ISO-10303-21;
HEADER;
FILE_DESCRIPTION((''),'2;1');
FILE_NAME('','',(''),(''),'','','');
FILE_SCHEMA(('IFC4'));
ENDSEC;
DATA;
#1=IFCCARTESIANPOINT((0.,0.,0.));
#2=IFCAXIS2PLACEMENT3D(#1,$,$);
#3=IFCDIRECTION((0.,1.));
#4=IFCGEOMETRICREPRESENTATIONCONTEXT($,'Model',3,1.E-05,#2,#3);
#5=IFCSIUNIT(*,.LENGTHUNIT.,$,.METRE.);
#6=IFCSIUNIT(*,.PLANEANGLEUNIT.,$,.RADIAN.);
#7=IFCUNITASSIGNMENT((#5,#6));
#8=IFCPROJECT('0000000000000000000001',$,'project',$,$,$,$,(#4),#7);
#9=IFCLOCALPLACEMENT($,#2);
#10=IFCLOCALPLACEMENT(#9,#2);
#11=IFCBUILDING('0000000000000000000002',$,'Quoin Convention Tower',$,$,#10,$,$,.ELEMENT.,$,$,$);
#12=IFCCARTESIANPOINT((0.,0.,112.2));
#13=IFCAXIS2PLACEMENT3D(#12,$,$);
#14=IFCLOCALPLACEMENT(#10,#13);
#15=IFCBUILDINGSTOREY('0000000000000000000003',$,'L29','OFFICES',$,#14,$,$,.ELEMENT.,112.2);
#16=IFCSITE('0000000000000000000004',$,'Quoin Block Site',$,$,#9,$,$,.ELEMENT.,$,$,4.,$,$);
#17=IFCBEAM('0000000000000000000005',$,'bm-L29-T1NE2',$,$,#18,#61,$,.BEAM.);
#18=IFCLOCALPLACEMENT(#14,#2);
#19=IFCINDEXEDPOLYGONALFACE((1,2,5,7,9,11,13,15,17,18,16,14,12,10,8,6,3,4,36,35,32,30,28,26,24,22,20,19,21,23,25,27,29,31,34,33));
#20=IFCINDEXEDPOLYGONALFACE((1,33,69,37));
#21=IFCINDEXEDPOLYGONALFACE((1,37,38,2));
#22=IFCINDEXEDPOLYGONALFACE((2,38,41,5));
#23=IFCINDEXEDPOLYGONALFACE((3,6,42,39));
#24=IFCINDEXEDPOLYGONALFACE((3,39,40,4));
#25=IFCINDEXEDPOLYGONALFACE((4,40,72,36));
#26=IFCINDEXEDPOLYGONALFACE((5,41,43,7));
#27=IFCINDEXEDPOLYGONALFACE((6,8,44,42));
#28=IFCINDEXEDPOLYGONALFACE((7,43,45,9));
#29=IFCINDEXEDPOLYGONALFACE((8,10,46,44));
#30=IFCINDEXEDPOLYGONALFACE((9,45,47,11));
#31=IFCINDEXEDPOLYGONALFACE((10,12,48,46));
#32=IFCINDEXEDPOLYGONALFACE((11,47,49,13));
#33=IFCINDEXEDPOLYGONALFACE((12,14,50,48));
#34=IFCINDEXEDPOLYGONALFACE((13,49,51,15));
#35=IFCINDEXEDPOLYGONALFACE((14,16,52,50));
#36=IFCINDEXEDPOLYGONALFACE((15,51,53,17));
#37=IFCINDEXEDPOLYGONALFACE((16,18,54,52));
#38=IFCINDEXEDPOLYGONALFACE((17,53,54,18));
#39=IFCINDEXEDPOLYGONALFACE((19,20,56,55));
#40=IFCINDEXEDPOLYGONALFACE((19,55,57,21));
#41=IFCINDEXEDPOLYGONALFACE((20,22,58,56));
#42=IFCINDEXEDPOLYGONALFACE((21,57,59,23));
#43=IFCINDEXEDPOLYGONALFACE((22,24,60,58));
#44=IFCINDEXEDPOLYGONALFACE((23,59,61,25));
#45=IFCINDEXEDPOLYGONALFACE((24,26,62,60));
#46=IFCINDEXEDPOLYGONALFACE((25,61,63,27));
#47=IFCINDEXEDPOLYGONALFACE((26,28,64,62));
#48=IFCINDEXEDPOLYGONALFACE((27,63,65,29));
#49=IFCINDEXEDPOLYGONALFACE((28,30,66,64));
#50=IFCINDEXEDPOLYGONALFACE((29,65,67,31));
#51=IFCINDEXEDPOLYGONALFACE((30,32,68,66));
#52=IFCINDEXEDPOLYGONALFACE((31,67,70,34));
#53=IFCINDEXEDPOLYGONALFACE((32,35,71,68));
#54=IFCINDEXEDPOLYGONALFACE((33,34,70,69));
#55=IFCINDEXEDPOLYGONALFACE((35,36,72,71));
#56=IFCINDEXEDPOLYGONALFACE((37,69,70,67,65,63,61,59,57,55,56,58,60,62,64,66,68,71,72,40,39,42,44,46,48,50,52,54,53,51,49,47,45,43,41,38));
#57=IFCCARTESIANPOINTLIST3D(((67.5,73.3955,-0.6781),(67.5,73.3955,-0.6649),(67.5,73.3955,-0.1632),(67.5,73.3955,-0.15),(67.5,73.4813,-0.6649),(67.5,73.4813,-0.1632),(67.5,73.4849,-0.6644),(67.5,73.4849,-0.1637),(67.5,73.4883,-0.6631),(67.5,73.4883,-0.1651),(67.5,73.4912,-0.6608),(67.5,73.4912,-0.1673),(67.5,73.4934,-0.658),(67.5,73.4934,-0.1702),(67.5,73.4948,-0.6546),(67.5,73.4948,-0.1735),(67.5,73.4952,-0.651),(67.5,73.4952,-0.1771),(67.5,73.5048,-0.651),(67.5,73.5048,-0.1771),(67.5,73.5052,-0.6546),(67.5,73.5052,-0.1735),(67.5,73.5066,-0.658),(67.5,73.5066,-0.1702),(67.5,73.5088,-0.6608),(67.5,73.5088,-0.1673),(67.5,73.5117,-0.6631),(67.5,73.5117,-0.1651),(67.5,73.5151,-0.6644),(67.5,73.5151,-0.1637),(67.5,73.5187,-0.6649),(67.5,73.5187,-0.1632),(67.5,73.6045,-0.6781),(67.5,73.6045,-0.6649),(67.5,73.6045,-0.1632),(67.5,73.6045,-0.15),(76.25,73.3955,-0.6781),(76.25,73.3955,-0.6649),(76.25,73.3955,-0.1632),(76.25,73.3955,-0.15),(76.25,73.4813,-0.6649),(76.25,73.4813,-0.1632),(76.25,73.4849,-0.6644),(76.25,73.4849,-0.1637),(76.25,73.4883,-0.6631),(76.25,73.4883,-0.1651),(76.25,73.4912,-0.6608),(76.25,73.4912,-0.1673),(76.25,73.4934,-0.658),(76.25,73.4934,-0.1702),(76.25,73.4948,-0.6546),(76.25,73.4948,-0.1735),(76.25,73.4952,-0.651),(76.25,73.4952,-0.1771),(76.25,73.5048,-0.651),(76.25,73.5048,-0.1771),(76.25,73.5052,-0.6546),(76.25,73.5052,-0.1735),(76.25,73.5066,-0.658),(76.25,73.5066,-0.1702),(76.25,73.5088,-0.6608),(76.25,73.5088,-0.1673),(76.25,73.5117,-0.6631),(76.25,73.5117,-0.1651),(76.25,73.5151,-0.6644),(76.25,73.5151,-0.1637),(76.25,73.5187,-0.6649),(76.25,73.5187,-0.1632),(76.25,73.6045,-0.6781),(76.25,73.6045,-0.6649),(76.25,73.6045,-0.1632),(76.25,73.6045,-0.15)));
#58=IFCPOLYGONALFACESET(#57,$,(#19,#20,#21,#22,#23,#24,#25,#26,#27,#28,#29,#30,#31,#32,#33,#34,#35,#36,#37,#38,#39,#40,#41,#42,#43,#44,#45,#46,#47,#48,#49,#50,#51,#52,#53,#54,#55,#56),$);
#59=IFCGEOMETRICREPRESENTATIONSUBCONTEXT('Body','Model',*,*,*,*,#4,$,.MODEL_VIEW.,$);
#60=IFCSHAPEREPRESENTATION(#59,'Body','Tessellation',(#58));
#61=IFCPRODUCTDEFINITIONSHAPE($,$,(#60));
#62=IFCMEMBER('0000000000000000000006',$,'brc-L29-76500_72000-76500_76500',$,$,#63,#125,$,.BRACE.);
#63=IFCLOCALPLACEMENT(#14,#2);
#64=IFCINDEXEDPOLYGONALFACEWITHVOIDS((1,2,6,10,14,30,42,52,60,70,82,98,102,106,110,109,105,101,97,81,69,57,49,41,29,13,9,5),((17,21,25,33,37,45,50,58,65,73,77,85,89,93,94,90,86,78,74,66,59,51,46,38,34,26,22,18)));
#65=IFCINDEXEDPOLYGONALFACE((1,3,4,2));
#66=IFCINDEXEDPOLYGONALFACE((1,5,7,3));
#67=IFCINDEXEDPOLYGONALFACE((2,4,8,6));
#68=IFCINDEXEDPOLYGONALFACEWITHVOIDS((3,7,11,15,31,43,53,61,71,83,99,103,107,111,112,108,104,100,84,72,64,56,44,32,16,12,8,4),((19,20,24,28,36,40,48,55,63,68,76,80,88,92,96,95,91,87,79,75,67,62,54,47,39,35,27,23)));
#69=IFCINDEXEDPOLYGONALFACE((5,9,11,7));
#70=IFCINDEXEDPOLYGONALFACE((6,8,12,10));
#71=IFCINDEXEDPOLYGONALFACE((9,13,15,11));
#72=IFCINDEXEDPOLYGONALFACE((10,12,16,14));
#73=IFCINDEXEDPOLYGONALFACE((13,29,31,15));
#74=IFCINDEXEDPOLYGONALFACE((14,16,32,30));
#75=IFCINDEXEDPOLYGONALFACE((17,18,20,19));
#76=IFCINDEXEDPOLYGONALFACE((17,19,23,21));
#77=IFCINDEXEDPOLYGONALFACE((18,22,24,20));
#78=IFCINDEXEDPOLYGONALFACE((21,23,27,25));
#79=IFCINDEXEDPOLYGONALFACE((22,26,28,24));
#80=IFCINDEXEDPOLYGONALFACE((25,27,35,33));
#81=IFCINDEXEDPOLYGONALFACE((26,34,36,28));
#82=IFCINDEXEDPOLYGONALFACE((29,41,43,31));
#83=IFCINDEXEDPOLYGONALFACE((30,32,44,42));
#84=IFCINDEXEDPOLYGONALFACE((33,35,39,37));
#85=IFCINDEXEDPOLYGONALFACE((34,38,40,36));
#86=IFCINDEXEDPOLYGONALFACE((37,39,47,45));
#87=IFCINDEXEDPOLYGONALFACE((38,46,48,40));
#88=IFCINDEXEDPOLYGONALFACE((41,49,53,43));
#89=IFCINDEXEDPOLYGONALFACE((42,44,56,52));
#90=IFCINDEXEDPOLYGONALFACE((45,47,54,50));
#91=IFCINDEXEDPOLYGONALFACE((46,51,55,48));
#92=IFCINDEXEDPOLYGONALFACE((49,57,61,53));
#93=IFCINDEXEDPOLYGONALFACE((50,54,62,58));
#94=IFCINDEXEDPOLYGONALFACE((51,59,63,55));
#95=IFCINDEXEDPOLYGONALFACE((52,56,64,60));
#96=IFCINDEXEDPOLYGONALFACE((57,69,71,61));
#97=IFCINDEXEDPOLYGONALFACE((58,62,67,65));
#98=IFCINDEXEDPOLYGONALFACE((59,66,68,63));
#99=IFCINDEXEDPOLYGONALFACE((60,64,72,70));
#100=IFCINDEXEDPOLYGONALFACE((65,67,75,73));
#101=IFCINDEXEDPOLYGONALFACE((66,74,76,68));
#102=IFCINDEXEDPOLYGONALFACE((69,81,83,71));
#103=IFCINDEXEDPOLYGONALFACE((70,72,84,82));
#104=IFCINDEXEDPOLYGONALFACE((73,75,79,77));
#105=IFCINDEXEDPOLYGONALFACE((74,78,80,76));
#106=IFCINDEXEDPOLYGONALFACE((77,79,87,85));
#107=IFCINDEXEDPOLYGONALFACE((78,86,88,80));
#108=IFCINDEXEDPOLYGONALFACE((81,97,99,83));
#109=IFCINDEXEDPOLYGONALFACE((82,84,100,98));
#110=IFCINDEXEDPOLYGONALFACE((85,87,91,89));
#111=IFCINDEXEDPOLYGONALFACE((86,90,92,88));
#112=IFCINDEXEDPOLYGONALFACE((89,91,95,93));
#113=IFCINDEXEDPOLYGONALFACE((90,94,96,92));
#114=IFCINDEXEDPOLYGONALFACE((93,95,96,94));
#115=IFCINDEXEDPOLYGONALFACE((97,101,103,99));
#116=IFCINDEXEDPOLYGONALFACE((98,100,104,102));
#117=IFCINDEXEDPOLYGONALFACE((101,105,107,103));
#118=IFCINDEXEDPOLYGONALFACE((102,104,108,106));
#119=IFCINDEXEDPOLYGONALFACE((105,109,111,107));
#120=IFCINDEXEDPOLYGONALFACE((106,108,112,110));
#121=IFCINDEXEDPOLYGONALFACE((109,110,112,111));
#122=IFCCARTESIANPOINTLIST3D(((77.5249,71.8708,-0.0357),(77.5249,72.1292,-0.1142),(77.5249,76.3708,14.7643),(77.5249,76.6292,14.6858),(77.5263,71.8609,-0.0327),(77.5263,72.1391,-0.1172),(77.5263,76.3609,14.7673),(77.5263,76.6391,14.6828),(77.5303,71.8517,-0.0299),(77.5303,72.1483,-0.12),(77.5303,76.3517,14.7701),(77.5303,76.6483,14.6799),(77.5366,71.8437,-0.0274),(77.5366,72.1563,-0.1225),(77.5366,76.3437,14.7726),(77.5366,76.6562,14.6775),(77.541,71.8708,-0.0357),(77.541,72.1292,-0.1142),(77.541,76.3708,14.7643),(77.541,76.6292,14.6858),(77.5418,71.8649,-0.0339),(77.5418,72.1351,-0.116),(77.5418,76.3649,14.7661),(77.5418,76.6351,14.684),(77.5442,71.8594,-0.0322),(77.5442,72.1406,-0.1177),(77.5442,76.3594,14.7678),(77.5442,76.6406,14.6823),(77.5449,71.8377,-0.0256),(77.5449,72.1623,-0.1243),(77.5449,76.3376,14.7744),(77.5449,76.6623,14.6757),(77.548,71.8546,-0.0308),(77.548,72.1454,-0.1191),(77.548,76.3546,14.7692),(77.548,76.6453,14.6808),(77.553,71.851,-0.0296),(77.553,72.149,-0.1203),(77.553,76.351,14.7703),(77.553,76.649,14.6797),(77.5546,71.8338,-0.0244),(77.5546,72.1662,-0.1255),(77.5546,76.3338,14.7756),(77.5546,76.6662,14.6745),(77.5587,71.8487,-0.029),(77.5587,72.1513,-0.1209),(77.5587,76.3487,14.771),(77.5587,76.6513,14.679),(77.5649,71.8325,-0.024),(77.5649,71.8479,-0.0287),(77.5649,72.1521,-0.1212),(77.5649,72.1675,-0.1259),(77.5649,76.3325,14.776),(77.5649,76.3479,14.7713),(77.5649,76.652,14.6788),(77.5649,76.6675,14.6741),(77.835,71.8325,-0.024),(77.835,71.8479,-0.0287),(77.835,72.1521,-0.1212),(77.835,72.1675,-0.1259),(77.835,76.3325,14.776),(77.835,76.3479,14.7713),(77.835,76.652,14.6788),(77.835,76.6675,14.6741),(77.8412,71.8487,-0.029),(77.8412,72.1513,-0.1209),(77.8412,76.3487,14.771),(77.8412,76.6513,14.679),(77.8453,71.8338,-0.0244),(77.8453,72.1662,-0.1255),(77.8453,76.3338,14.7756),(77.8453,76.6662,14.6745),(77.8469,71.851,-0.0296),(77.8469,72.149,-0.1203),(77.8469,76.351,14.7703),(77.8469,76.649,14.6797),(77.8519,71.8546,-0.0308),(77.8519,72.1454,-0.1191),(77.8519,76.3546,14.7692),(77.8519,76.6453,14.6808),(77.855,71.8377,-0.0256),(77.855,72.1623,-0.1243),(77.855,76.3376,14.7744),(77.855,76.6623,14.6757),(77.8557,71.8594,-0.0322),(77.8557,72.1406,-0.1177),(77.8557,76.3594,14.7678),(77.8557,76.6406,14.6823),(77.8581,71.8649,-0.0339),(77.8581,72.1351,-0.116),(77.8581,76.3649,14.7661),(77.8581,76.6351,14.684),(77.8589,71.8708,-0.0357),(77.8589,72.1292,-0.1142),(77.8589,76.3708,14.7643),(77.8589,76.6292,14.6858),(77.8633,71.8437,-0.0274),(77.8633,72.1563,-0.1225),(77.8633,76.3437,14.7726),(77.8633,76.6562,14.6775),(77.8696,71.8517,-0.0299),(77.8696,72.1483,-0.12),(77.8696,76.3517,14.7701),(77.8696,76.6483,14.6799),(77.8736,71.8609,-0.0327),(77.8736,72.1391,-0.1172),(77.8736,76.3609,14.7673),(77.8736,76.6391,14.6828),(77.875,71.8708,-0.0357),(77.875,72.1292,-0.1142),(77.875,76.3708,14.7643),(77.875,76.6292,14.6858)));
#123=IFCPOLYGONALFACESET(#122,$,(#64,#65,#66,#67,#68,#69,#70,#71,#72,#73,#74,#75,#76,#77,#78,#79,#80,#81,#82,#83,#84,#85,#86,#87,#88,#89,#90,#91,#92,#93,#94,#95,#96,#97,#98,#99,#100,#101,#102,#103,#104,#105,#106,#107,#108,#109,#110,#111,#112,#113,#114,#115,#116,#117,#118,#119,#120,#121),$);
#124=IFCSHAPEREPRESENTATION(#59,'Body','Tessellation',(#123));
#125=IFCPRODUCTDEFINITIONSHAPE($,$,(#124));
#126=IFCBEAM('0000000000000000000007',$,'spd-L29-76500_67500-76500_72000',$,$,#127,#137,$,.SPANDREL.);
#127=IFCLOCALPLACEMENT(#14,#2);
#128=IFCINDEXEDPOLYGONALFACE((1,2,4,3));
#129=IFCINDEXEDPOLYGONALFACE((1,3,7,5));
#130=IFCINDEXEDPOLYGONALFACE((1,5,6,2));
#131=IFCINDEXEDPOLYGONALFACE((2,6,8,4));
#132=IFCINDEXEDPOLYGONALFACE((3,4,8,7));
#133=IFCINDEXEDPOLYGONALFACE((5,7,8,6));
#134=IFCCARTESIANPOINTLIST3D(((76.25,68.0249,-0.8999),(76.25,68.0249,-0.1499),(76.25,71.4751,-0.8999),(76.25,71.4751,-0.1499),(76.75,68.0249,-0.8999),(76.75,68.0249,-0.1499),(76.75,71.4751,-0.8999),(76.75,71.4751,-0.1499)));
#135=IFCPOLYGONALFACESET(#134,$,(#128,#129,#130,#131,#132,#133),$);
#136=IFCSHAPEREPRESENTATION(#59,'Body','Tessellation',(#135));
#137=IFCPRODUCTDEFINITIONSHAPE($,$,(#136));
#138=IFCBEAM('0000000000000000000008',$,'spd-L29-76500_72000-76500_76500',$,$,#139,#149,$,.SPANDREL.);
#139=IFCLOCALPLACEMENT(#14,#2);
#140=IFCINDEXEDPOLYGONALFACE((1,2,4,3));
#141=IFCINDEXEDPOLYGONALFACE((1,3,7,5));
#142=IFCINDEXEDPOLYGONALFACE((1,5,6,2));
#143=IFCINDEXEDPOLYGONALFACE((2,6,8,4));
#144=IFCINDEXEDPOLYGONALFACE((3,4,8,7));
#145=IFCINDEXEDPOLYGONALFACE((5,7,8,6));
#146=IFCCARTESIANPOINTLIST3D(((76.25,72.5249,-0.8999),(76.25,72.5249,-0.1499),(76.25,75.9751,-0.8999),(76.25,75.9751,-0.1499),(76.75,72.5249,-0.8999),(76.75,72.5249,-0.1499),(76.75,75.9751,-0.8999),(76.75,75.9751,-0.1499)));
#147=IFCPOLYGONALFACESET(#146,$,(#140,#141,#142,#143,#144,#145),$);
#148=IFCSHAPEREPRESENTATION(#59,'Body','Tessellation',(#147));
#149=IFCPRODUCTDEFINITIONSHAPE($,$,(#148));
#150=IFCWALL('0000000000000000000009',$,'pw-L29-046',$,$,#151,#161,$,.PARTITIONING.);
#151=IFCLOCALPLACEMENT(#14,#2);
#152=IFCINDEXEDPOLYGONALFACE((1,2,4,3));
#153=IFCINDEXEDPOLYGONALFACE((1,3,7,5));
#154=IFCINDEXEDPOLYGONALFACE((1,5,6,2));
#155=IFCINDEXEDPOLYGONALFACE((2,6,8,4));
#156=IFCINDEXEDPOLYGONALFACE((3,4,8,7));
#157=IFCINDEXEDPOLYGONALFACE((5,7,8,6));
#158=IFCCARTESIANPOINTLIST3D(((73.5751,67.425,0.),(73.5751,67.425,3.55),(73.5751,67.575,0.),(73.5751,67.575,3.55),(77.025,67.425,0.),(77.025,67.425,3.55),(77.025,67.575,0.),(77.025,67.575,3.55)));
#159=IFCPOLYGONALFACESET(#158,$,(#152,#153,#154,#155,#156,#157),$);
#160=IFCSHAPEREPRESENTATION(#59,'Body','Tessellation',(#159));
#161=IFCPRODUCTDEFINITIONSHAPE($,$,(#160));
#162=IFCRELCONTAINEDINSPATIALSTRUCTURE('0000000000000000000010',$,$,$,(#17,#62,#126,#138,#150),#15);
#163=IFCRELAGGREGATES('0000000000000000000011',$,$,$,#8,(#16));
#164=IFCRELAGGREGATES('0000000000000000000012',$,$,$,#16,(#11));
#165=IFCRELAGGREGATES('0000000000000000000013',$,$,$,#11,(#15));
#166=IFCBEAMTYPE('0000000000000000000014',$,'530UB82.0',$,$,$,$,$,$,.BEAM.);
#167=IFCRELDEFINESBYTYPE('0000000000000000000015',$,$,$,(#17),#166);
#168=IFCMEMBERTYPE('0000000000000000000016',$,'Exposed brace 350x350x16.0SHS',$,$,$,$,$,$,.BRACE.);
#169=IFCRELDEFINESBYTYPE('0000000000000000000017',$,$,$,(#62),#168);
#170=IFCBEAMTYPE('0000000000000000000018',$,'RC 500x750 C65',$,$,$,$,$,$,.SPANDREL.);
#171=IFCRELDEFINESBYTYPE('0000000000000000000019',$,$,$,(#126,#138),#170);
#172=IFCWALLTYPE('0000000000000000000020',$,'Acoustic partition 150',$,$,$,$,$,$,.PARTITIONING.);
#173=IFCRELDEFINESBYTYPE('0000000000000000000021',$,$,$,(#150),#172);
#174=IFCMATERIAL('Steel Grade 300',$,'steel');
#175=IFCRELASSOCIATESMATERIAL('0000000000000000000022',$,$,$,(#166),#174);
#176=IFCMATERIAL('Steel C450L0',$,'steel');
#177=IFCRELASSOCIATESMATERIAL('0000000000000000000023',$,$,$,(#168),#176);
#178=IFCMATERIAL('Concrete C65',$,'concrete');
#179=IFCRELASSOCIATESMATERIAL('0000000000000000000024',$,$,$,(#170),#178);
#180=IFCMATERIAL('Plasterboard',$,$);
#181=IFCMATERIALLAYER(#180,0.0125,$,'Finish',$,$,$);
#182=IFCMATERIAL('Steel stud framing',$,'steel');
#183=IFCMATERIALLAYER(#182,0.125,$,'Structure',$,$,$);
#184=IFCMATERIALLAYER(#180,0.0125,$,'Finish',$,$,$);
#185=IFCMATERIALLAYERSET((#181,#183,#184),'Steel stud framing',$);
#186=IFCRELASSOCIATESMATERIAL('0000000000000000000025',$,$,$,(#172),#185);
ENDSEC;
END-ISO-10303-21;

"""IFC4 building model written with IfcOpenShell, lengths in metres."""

from ifc_helpers import new_model, si_unit, direction, frame, frame_2d, origin, origin_2d, place, context, subcontext, project, spatial, rectangle, hollow_rectangle, i_section, extrude, material, layer, layer_set, material_profile, profile_set, type_object, element, save


model = new_model("IFC4")

# Units and contexts
model_context = context("Model", 3, precision=1e-05, world=origin(), true_north=direction((0.0, 1.0)))
body_context = subcontext(model_context, "Body", "Model", "MODEL_VIEW")
ifc_project = project(units=[si_unit("LENGTHUNIT", "METRE"), si_unit("PLANEANGLEUNIT", "RADIAN")], contexts=[model_context])

# Site, building, storey
site_placement = place(None, origin())
site = spatial("IfcSite", under=ifc_project, at=site_placement, Name="Quoin Block Site", CompositionType="ELEMENT", RefElevation=4.0)
building_placement = place(site_placement, origin())
building = spatial("IfcBuilding", under=site, at=building_placement, Name="Quoin Convention Tower", CompositionType="ELEMENT")
storey_placement = place(building_placement, frame((0.0, 0.0, 112.2)))
storey = spatial("IfcBuildingStorey", under=building, at=storey_placement, Name="L29", Description="OFFICES", CompositionType="ELEMENT", Elevation=112.2)

# Shared definitions
ifc_material_1 = material(Name="Concrete C65", Category="concrete")

# Beam
ifc_material_2 = material(Name="Steel Grade 300", Category="steel")
ifc_material_profile_1 = material_profile(ifc_material_2, i_section(OverallWidth=0.209, OverallDepth=0.5281, WebThickness=0.0095, FlangeThickness=0.0132, FilletRadius=0.0139, at=origin_2d()), Name="530UB82.0")
ifc_profile_set_1 = profile_set([ifc_material_profile_1], Name="Steel Grade 300")
beam_type_1 = type_object("IfcBeamType", Name="530UB82.0", PredefinedType="BEAM", material=ifc_profile_set_1)
beam_1_placement = place(storey_placement, frame((67.5, 73.5, -0.4141), z_axis=(1.0, 0.0, 0.0), x_axis=(0.0, 1.0, 0.0)))
element("IfcBeam", 1, at=beam_1_placement, inside=storey, type_object=beam_type_1, Name="bm-L29-T1NE2", PredefinedType="BEAM", context=body_context, shape_type="SweptSolid", body=[
    extrude(i_section(OverallWidth=0.209, OverallDepth=0.5281, WebThickness=0.0095, FlangeThickness=0.0132, FilletRadius=0.0139, at=origin_2d()), origin(), (0.0, 0.0, 1.0), 8.75),
])

# Member
ifc_material_3 = material(Name="Steel C450L0", Category="steel")
ifc_material_profile_2 = material_profile(ifc_material_3, hollow_rectangle(XDim=0.3501, YDim=0.3501, WallThickness=0.0161, InnerFilletRadius=0.0239, OuterFilletRadius=0.04, at=origin_2d()), Name="350x350x16.0SHS")
ifc_profile_set_2 = profile_set([ifc_material_profile_2], Name="Steel C450L0")
member_type = type_object("IfcMemberType", Name="Exposed brace 350x350x16.0SHS", PredefinedType="BRACE", material=ifc_profile_set_2)
member_placement = place(storey_placement, frame((77.7, 72.0, -0.075), z_axis=(0.0, 0.290903, 0.956752), x_axis=(-1.0, 0.0, 0.0)))
element("IfcMember", 2, at=member_placement, inside=storey, type_object=member_type, Name="brc-L29-76500_72000-76500_76500", PredefinedType="BRACE", context=body_context, shape_type="SweptSolid", body=[
    extrude(hollow_rectangle(XDim=0.3501, YDim=0.3501, WallThickness=0.0161, InnerFilletRadius=0.0239, OuterFilletRadius=0.04, at=origin_2d()), origin(), (0.0, 0.0, 1.0), 15.469),
])

# Beams
ifc_material_profile_3 = material_profile(ifc_material_1, rectangle(XDim=0.5, YDim=0.75, at=origin_2d()), Name="RC 500x750")
ifc_profile_set_3 = profile_set([ifc_material_profile_3], Name="Concrete C65")
beam_type_2 = type_object("IfcBeamType", Name="RC 500x750 C65", PredefinedType="SPANDREL", material=ifc_profile_set_3)
for number, where, z_axis, x_axis, name in (
    (3, (76.5, 68.0249, -0.5249), (0.0, 1.0, 0.0), (-1.0, 0.0, 0.0), "spd-L29-76500_67500-76500_72000"),
    (4, (76.5, 72.5249, -0.5249), (0.0, 1.0, 0.0), (-1.0, 0.0, 0.0), "spd-L29-76500_72000-76500_76500"),
):
    element("IfcBeam", number, at=place(storey_placement, frame(where, z_axis=z_axis, x_axis=x_axis)), inside=storey, type_object=beam_type_2, Name=name, PredefinedType="SPANDREL", context=body_context, shape_type="SweptSolid", body=[
        extrude(rectangle(XDim=0.5, YDim=0.75, at=origin_2d()), origin(), (0.0, 0.0, 1.0), 3.4502),
    ])

# Wall
ifc_material_4 = material(Name="Plasterboard")
ifc_layer_1 = layer(ifc_material_4, 0.0125, Name="Finish")
ifc_material_5 = material(Name="Steel stud framing", Category="steel")
ifc_layer_2 = layer(ifc_material_5, 0.125, Name="Structure")
ifc_layer_3 = layer(ifc_material_4, 0.0125, Name="Finish")
ifc_layer_set_1 = layer_set([ifc_layer_1, ifc_layer_2, ifc_layer_3], Name="Steel stud framing")
wall_type_1 = type_object("IfcWallType", Name="Acoustic partition 150", PredefinedType="PARTITIONING", material=ifc_layer_set_1)
wall_1_placement = place(storey_placement, frame((73.575, 67.5, 0.0), z_axis=(0.0, 0.0, 1.0), x_axis=(1.0, 0.0, 0.0)))
element("IfcWall", 5, at=wall_1_placement, inside=storey, type_object=wall_type_1, Name="pw-L29-046", PredefinedType="PARTITIONING", context=body_context, shape_type="SweptSolid", body=[
    extrude(rectangle(XDim=3.45, YDim=0.1499, at=frame_2d((1.7251, 0.0))), origin(), (0.0, 0.0, 1.0), 3.55),
])

save(model, "model.ifc")
